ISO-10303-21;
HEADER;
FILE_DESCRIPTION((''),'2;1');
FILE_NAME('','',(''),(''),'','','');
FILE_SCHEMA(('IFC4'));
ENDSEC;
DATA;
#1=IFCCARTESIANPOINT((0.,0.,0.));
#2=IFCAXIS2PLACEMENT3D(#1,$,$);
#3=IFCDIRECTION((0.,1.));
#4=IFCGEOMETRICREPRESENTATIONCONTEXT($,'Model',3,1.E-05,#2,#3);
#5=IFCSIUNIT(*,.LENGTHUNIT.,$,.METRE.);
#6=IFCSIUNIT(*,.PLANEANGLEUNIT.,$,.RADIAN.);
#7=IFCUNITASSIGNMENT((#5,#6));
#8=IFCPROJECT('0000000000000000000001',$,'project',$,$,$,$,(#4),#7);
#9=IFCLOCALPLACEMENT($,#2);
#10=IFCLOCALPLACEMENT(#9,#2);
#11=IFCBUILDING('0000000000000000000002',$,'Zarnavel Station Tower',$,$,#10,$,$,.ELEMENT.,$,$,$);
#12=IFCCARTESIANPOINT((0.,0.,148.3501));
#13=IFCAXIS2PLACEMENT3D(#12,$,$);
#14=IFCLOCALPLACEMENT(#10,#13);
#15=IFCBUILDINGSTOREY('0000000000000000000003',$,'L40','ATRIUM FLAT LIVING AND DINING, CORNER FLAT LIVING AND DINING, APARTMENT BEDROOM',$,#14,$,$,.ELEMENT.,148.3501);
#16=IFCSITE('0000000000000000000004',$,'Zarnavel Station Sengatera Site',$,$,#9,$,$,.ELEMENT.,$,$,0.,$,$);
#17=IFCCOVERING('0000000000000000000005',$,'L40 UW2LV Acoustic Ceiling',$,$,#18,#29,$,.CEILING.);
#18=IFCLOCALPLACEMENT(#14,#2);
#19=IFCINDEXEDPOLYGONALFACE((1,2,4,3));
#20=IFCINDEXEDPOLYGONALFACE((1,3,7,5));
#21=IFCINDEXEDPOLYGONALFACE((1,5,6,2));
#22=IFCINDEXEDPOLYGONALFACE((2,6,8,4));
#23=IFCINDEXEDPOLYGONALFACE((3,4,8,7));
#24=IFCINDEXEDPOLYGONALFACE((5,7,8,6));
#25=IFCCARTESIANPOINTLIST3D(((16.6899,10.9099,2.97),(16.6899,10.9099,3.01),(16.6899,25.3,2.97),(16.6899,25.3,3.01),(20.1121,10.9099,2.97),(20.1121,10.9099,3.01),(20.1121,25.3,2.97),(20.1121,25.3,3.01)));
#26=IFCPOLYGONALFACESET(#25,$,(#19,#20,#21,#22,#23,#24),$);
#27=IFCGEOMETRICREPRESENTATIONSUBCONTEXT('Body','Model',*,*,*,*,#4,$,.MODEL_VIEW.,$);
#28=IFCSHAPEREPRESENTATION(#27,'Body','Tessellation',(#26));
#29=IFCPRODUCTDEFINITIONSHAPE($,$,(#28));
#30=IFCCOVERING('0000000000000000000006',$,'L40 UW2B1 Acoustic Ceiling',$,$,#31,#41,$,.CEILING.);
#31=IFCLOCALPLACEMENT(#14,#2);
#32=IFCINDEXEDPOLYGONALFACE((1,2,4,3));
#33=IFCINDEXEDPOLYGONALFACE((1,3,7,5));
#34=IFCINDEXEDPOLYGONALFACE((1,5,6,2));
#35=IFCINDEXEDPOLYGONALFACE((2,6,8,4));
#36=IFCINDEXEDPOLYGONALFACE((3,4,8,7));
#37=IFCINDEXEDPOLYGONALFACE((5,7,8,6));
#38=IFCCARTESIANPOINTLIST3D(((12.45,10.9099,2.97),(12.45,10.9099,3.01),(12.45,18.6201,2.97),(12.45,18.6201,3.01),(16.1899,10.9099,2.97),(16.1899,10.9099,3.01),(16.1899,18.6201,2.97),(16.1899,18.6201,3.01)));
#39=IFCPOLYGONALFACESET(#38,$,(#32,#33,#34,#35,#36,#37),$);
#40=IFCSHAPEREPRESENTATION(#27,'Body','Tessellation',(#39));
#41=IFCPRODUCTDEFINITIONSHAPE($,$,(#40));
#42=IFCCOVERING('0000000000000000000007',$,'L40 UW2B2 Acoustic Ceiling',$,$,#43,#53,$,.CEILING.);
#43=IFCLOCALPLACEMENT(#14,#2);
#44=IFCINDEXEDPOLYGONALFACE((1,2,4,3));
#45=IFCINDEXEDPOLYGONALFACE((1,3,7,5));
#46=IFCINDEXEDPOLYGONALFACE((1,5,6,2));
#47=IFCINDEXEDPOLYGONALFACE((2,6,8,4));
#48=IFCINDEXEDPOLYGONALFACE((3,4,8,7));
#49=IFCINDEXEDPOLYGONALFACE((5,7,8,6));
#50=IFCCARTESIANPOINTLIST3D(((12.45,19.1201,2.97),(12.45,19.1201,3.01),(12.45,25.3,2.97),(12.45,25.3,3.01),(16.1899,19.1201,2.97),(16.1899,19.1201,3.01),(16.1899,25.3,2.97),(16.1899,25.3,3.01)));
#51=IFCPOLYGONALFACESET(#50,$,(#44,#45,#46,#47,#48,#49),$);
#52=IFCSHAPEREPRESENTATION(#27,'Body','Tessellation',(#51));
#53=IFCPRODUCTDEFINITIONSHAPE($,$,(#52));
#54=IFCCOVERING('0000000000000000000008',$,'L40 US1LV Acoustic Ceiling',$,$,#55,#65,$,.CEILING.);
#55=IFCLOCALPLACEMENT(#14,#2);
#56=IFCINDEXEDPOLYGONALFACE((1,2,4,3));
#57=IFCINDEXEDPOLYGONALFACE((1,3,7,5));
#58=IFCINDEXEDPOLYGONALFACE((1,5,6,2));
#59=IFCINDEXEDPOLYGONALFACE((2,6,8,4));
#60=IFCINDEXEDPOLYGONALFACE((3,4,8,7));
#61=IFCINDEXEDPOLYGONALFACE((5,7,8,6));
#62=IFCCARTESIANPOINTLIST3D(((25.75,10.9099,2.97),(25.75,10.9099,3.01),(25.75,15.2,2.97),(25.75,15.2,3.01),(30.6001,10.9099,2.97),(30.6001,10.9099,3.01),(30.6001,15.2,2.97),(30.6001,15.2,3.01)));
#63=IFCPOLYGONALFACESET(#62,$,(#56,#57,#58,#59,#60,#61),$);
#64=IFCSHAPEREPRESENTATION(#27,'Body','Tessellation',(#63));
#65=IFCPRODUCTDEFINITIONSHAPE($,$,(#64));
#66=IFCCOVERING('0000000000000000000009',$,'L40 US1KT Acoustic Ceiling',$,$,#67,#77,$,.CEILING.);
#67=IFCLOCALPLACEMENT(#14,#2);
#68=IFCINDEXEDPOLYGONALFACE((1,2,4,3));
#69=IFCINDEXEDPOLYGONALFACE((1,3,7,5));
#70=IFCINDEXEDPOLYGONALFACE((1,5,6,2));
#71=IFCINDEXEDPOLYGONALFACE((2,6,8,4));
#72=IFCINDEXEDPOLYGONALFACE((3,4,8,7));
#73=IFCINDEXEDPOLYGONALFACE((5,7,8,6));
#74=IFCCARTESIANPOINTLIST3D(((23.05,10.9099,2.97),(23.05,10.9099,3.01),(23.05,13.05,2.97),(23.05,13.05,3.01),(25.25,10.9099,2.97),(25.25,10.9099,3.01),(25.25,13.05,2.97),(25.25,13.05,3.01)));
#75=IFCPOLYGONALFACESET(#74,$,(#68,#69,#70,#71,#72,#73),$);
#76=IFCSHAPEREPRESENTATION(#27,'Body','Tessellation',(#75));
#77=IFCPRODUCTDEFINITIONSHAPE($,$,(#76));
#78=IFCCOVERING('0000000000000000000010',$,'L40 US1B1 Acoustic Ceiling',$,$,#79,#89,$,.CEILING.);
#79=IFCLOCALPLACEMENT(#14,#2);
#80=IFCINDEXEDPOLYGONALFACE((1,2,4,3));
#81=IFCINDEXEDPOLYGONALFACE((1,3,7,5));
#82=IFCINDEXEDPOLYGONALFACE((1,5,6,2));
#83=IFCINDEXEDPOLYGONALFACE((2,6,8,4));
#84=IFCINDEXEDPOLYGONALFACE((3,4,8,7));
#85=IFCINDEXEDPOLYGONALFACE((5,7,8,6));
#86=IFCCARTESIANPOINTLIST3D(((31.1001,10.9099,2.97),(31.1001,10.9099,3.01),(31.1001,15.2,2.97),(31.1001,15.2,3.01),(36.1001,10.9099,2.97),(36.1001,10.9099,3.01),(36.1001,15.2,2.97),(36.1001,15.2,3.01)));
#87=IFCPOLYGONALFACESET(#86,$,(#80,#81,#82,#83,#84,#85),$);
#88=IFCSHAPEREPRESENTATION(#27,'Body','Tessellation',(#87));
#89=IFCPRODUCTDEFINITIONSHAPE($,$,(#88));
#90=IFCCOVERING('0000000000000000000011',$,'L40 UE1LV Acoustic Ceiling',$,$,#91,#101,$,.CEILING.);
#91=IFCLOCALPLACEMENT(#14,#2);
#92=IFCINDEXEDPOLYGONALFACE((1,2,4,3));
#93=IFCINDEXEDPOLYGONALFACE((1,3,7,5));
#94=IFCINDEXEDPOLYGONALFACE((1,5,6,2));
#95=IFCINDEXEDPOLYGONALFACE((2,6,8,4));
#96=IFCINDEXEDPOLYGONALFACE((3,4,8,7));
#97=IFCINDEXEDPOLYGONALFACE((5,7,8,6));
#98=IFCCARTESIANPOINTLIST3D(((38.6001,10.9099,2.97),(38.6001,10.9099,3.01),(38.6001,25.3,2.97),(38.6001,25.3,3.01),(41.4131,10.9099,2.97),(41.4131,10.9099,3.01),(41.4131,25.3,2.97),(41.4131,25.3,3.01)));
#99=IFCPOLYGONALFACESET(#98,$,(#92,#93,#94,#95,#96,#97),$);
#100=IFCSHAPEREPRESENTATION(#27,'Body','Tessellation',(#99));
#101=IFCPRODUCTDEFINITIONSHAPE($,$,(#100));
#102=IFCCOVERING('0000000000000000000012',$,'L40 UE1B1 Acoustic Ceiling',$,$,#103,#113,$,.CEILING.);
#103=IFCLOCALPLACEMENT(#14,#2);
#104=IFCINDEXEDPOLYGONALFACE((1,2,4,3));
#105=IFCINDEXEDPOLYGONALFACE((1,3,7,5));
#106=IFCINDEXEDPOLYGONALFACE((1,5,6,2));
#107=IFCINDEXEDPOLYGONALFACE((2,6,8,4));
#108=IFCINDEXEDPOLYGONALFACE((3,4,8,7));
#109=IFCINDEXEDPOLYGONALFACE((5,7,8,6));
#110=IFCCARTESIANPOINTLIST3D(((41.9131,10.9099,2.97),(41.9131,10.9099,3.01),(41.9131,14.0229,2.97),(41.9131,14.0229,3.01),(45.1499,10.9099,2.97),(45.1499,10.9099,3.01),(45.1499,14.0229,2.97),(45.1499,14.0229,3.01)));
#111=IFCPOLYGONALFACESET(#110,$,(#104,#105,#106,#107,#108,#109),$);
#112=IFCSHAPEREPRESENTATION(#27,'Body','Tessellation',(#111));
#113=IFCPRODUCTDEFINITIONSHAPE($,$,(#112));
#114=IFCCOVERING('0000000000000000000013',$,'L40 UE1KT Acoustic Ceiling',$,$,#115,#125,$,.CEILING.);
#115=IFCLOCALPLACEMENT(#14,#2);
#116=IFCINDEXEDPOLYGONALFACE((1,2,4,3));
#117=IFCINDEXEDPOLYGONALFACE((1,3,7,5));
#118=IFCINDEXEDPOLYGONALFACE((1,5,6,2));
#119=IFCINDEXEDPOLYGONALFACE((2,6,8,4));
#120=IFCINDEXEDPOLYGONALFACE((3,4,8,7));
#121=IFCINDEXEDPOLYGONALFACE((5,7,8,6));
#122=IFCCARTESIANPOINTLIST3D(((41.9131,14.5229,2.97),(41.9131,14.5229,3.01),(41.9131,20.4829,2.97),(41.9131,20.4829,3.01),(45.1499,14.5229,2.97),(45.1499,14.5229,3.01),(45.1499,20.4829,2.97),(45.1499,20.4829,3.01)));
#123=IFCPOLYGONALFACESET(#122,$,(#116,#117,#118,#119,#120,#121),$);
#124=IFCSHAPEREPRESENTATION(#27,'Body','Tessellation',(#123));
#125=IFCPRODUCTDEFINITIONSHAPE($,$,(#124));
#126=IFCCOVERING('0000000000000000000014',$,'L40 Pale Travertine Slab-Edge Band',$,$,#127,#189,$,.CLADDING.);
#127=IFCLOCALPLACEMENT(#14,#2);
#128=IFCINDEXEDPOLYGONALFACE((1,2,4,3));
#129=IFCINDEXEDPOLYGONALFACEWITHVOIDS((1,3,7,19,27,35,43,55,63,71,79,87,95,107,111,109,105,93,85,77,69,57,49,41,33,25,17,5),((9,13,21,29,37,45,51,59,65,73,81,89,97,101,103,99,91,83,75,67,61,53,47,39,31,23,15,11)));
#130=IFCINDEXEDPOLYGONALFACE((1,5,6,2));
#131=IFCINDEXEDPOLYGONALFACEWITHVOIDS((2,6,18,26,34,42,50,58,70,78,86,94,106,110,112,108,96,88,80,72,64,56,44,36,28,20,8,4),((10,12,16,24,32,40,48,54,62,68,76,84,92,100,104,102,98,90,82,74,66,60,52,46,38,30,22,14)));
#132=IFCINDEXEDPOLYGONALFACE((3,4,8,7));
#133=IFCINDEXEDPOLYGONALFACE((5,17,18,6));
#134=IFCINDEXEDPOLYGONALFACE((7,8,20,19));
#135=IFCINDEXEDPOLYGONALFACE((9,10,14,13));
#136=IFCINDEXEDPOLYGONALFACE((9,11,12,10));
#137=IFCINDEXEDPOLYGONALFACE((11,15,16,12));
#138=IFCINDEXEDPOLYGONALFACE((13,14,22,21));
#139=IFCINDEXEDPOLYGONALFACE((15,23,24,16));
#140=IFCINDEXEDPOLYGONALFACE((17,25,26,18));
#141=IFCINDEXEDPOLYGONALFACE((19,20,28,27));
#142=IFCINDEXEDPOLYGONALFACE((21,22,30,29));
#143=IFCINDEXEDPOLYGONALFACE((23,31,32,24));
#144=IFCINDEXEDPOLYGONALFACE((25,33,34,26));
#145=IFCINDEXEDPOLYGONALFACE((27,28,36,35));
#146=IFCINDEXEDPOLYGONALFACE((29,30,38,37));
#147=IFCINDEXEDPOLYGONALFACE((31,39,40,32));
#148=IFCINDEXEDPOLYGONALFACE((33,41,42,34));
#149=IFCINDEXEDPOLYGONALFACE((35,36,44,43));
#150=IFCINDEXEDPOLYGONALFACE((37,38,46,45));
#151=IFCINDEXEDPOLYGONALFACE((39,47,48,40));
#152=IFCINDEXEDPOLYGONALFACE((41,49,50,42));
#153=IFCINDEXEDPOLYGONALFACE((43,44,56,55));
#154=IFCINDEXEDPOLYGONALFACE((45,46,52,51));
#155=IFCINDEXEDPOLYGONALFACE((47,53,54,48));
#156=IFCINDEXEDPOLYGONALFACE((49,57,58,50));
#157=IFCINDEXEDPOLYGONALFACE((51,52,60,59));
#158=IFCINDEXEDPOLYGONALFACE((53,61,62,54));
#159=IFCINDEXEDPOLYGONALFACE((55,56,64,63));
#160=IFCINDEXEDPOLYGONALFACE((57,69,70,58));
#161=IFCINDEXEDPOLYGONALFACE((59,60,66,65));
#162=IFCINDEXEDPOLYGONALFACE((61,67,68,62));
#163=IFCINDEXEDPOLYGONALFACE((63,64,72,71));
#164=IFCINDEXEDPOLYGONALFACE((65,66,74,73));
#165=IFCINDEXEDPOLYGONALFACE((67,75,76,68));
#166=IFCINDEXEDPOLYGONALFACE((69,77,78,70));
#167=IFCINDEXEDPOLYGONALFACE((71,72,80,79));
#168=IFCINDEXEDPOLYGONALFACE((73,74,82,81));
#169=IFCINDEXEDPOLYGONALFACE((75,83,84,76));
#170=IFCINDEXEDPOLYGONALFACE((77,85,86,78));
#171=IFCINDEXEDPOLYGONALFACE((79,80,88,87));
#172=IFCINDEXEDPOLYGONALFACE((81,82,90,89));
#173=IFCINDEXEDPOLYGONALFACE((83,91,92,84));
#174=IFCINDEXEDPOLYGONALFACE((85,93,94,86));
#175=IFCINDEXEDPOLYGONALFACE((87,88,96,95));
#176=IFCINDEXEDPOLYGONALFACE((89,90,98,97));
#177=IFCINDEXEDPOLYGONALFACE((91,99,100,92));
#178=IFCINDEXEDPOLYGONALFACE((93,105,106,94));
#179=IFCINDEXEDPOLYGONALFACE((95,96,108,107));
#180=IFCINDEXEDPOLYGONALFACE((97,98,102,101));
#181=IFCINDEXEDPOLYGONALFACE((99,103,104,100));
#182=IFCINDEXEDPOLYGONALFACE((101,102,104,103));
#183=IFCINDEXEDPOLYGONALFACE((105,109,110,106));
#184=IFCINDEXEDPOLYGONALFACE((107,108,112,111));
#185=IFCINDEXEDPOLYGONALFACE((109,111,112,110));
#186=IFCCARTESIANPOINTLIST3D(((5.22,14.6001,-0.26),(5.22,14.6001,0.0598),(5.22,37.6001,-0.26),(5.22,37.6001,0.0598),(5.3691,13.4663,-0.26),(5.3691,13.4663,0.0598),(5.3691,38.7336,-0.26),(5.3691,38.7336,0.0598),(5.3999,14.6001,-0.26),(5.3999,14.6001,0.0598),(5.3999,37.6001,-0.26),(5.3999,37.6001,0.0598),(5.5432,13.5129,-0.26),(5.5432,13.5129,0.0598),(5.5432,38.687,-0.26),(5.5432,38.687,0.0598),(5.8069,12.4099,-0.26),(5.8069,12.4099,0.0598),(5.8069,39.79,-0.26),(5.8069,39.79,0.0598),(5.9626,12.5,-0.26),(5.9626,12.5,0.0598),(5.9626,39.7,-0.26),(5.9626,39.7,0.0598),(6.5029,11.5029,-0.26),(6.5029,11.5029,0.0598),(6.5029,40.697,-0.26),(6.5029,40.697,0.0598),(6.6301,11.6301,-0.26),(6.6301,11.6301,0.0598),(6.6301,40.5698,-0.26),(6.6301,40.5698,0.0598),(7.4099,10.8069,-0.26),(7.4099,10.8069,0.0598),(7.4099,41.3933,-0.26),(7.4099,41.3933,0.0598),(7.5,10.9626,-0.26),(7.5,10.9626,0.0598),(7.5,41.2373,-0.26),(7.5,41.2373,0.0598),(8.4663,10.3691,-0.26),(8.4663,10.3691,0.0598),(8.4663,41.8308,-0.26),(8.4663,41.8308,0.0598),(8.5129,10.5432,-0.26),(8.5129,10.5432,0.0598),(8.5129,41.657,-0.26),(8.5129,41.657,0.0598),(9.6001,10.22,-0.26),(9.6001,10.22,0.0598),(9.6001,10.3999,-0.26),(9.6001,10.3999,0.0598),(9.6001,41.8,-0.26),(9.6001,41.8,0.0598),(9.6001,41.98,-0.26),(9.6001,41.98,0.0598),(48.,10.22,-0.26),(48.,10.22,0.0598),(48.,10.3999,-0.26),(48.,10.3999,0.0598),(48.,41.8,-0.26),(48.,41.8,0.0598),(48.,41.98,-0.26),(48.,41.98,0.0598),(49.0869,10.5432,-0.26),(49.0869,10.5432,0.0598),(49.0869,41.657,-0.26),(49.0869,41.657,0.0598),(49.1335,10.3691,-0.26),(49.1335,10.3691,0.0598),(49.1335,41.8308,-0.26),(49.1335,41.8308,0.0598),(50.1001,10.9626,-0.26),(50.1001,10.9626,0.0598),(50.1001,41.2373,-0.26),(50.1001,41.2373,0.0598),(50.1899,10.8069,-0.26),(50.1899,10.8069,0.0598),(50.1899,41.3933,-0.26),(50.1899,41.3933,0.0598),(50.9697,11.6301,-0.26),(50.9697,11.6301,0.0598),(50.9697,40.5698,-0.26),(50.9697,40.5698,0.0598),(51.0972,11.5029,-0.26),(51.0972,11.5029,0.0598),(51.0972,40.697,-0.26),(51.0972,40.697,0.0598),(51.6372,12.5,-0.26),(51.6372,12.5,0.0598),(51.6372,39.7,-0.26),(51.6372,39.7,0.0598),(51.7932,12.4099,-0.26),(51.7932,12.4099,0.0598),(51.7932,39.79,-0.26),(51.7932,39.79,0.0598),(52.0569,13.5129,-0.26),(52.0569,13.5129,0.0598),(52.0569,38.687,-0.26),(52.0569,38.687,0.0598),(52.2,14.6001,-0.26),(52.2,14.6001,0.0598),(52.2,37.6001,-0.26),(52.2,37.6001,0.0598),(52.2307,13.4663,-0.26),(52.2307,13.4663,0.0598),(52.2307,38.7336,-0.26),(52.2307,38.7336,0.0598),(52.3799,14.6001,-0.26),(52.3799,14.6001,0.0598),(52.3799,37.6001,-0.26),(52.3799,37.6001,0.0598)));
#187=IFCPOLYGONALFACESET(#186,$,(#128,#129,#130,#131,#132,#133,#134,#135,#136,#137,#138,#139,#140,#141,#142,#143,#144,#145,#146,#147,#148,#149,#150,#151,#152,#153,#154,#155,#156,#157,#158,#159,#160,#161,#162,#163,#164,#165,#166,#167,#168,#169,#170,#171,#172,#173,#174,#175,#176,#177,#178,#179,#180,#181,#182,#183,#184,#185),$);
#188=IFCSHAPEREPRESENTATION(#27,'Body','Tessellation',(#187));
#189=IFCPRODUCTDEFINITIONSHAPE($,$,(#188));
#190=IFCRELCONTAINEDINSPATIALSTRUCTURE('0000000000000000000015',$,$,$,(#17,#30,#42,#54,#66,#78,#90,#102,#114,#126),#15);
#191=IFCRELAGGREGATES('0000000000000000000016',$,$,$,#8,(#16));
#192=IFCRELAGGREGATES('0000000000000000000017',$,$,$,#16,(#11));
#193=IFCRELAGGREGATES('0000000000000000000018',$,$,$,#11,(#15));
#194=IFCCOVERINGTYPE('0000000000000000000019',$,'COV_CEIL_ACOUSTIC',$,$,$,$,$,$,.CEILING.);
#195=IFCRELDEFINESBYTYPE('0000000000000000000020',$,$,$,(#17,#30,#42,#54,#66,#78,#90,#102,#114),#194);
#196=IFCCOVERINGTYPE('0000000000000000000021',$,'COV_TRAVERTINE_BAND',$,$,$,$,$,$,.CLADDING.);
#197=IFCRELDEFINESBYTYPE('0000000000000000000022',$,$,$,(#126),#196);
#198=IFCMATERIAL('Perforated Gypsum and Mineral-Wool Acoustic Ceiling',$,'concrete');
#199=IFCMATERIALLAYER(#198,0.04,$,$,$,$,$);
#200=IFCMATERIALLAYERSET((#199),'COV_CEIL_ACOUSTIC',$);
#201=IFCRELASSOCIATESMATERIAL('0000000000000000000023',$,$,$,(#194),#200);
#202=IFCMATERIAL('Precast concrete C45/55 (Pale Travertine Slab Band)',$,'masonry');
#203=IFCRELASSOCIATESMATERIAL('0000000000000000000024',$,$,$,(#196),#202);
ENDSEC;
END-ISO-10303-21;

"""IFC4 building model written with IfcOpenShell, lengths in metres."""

from ifc_helpers import new_model, si_unit, direction, frame, origin, place, context, subcontext, project, spatial, polyline, outline, extrude, material, layer, layer_set, type_object, element, save


model = new_model("IFC4")

# Units and contexts
model_context = context("Model", 3, precision=1e-05, world=origin(), true_north=direction((0.0, 1.0)))
body_context = subcontext(model_context, "Body", "Model", "MODEL_VIEW")
ifc_project = project(units=[si_unit("LENGTHUNIT", "METRE"), si_unit("PLANEANGLEUNIT", "RADIAN")], contexts=[model_context])

# Site, building, storey
site_placement = place(None, origin())
site = spatial("IfcSite", under=ifc_project, at=site_placement, Name="Zarnavel Station Sengatera Site", CompositionType="ELEMENT", RefElevation=0.0)
building_placement = place(site_placement, origin())
building = spatial("IfcBuilding", under=site, at=building_placement, Name="Zarnavel Station Tower", CompositionType="ELEMENT")
storey_placement = place(building_placement, frame((0.0, 0.0, 148.3501)))
storey = spatial("IfcBuildingStorey", under=building, at=storey_placement, Name="L40", Description="ATRIUM FLAT LIVING AND DINING, CORNER FLAT LIVING AND DINING, APARTMENT BEDROOM", CompositionType="ELEMENT", Elevation=148.3501)

# Coverings
ifc_material_1 = material(Name="Perforated Gypsum and Mineral-Wool Acoustic Ceiling", Category="concrete")
ifc_layer_1 = layer(ifc_material_1, 0.04)
ifc_layer_set_1 = layer_set([ifc_layer_1], Name="COV_CEIL_ACOUSTIC")
covering_type_1 = type_object("IfcCoveringType", Name="COV_CEIL_ACOUSTIC", PredefinedType="CEILING", material=ifc_layer_set_1)
covering_1_placement = place(storey_placement, frame((0.0, 0.0, 2.97)))
element("IfcCovering", 1, at=covering_1_placement, inside=storey, type_object=covering_type_1, Name="L40 UW2LV Acoustic Ceiling", PredefinedType="CEILING", context=body_context, shape_type="SweptSolid", body=[
    extrude(outline(polyline([(16.6899, 10.9099), (20.1121, 10.9099), (20.1121, 25.3), (16.6899, 25.3), (16.6899, 10.9099)])), origin(), (0.0, 0.0, 1.0), 0.04),
])
covering_2_placement = place(storey_placement, frame((0.0, 0.0, 2.97)))
element("IfcCovering", 2, at=covering_2_placement, inside=storey, type_object=covering_type_1, Name="L40 UW2B1 Acoustic Ceiling", PredefinedType="CEILING", context=body_context, shape_type="SweptSolid", body=[
    extrude(outline(polyline([(12.45, 10.9099), (16.1899, 10.9099), (16.1899, 18.6201), (12.45, 18.6201), (12.45, 10.9099)])), origin(), (0.0, 0.0, 1.0), 0.04),
])
covering_3_placement = place(storey_placement, frame((0.0, 0.0, 2.97)))
element("IfcCovering", 3, at=covering_3_placement, inside=storey, type_object=covering_type_1, Name="L40 UW2B2 Acoustic Ceiling", PredefinedType="CEILING", context=body_context, shape_type="SweptSolid", body=[
    extrude(outline(polyline([(12.45, 19.1201), (16.1899, 19.1201), (16.1899, 25.3), (12.45, 25.3), (12.45, 19.1201)])), origin(), (0.0, 0.0, 1.0), 0.04),
])
covering_4_placement = place(storey_placement, frame((0.0, 0.0, 2.97)))
element("IfcCovering", 4, at=covering_4_placement, inside=storey, type_object=covering_type_1, Name="L40 US1LV Acoustic Ceiling", PredefinedType="CEILING", context=body_context, shape_type="SweptSolid", body=[
    extrude(outline(polyline([(25.75, 10.9099), (30.6001, 10.9099), (30.6001, 15.2), (25.75, 15.2), (25.75, 10.9099)])), origin(), (0.0, 0.0, 1.0), 0.04),
])
covering_5_placement = place(storey_placement, frame((0.0, 0.0, 2.97)))
element("IfcCovering", 5, at=covering_5_placement, inside=storey, type_object=covering_type_1, Name="L40 US1KT Acoustic Ceiling", PredefinedType="CEILING", context=body_context, shape_type="SweptSolid", body=[
    extrude(outline(polyline([(23.05, 10.9099), (25.25, 10.9099), (25.25, 13.05), (23.05, 13.05), (23.05, 10.9099)])), origin(), (0.0, 0.0, 1.0), 0.04),
])
covering_6_placement = place(storey_placement, frame((0.0, 0.0, 2.97)))
element("IfcCovering", 6, at=covering_6_placement, inside=storey, type_object=covering_type_1, Name="L40 US1B1 Acoustic Ceiling", PredefinedType="CEILING", context=body_context, shape_type="SweptSolid", body=[
    extrude(outline(polyline([(31.1001, 10.9099), (36.1001, 10.9099), (36.1001, 15.2), (31.1001, 15.2), (31.1001, 10.9099)])), origin(), (0.0, 0.0, 1.0), 0.04),
])
covering_7_placement = place(storey_placement, frame((0.0, 0.0, 2.97)))
element("IfcCovering", 7, at=covering_7_placement, inside=storey, type_object=covering_type_1, Name="L40 UE1LV Acoustic Ceiling", PredefinedType="CEILING", context=body_context, shape_type="SweptSolid", body=[
    extrude(outline(polyline([(38.6001, 10.9099), (41.4131, 10.9099), (41.4131, 25.3), (38.6001, 25.3), (38.6001, 10.9099)])), origin(), (0.0, 0.0, 1.0), 0.04),
])
covering_8_placement = place(storey_placement, frame((0.0, 0.0, 2.97)))
element("IfcCovering", 8, at=covering_8_placement, inside=storey, type_object=covering_type_1, Name="L40 UE1B1 Acoustic Ceiling", PredefinedType="CEILING", context=body_context, shape_type="SweptSolid", body=[
    extrude(outline(polyline([(41.9131, 10.9099), (45.1499, 10.9099), (45.1499, 14.0229), (41.9131, 14.0229), (41.9131, 10.9099)])), origin(), (0.0, 0.0, 1.0), 0.04),
])
covering_9_placement = place(storey_placement, frame((0.0, 0.0, 2.97)))
element("IfcCovering", 9, at=covering_9_placement, inside=storey, type_object=covering_type_1, Name="L40 UE1KT Acoustic Ceiling", PredefinedType="CEILING", context=body_context, shape_type="SweptSolid", body=[
    extrude(outline(polyline([(41.9131, 14.5229), (45.1499, 14.5229), (45.1499, 20.4829), (41.9131, 20.4829), (41.9131, 14.5229)])), origin(), (0.0, 0.0, 1.0), 0.04),
])
ifc_material_2 = material(Name="Precast concrete C45/55 (Pale Travertine Slab Band)", Category="masonry")
covering_type_2 = type_object("IfcCoveringType", Name="COV_TRAVERTINE_BAND", PredefinedType="CLADDING", material=ifc_material_2)
covering_10_placement = place(storey_placement, frame((0.0, 0.0, -0.26)))
element("IfcCovering", 10, at=covering_10_placement, inside=storey, type_object=covering_type_2, Name="L40 Pale Travertine Slab-Edge Band", PredefinedType="CLADDING", context=body_context, shape_type="SweptSolid", body=[
    extrude(outline(polyline([(48.0, 10.22), (49.1335, 10.3691), (50.1899, 10.8069), (51.0972, 11.5029), (51.7932, 12.4099), (52.2307, 13.4663), (52.3799, 14.6001), (52.3799, 37.6001), (52.2307, 38.7336), (51.7932, 39.79), (51.0972, 40.697), (50.1899, 41.3933), (49.1335, 41.8308), (48.0, 41.98), (9.6001, 41.98), (8.4663, 41.8308), (7.4099, 41.3933), (6.5029, 40.697), (5.8069, 39.79), (5.3691, 38.7336), (5.22, 37.6001), (5.22, 14.6001), (5.3691, 13.4663), (5.8069, 12.4099), (6.5029, 11.5029), (7.4099, 10.8069), (8.4663, 10.3691), (9.6001, 10.22), (48.0, 10.22)]), holes=[polyline([(48.0, 10.3999), (49.0869, 10.5432), (50.1001, 10.9626), (50.9697, 11.6301), (51.6372, 12.5), (52.0569, 13.5129), (52.2, 14.6001), (52.2, 37.6001), (52.0569, 38.687), (51.6372, 39.7), (50.9697, 40.5698), (50.1001, 41.2373), (49.0869, 41.657), (48.0, 41.8), (9.6001, 41.8), (8.5129, 41.657), (7.5, 41.2373), (6.6301, 40.5698), (5.9626, 39.7), (5.5432, 38.687), (5.3999, 37.6001), (5.3999, 14.6001), (5.5432, 13.5129), (5.9626, 12.5), (6.6301, 11.6301), (7.5, 10.9626), (8.5129, 10.5432), (9.6001, 10.3999), (48.0, 10.3999)])]), origin(), (0.0, 0.0, 1.0), 0.3198),
])

save(model, "model.ifc")
